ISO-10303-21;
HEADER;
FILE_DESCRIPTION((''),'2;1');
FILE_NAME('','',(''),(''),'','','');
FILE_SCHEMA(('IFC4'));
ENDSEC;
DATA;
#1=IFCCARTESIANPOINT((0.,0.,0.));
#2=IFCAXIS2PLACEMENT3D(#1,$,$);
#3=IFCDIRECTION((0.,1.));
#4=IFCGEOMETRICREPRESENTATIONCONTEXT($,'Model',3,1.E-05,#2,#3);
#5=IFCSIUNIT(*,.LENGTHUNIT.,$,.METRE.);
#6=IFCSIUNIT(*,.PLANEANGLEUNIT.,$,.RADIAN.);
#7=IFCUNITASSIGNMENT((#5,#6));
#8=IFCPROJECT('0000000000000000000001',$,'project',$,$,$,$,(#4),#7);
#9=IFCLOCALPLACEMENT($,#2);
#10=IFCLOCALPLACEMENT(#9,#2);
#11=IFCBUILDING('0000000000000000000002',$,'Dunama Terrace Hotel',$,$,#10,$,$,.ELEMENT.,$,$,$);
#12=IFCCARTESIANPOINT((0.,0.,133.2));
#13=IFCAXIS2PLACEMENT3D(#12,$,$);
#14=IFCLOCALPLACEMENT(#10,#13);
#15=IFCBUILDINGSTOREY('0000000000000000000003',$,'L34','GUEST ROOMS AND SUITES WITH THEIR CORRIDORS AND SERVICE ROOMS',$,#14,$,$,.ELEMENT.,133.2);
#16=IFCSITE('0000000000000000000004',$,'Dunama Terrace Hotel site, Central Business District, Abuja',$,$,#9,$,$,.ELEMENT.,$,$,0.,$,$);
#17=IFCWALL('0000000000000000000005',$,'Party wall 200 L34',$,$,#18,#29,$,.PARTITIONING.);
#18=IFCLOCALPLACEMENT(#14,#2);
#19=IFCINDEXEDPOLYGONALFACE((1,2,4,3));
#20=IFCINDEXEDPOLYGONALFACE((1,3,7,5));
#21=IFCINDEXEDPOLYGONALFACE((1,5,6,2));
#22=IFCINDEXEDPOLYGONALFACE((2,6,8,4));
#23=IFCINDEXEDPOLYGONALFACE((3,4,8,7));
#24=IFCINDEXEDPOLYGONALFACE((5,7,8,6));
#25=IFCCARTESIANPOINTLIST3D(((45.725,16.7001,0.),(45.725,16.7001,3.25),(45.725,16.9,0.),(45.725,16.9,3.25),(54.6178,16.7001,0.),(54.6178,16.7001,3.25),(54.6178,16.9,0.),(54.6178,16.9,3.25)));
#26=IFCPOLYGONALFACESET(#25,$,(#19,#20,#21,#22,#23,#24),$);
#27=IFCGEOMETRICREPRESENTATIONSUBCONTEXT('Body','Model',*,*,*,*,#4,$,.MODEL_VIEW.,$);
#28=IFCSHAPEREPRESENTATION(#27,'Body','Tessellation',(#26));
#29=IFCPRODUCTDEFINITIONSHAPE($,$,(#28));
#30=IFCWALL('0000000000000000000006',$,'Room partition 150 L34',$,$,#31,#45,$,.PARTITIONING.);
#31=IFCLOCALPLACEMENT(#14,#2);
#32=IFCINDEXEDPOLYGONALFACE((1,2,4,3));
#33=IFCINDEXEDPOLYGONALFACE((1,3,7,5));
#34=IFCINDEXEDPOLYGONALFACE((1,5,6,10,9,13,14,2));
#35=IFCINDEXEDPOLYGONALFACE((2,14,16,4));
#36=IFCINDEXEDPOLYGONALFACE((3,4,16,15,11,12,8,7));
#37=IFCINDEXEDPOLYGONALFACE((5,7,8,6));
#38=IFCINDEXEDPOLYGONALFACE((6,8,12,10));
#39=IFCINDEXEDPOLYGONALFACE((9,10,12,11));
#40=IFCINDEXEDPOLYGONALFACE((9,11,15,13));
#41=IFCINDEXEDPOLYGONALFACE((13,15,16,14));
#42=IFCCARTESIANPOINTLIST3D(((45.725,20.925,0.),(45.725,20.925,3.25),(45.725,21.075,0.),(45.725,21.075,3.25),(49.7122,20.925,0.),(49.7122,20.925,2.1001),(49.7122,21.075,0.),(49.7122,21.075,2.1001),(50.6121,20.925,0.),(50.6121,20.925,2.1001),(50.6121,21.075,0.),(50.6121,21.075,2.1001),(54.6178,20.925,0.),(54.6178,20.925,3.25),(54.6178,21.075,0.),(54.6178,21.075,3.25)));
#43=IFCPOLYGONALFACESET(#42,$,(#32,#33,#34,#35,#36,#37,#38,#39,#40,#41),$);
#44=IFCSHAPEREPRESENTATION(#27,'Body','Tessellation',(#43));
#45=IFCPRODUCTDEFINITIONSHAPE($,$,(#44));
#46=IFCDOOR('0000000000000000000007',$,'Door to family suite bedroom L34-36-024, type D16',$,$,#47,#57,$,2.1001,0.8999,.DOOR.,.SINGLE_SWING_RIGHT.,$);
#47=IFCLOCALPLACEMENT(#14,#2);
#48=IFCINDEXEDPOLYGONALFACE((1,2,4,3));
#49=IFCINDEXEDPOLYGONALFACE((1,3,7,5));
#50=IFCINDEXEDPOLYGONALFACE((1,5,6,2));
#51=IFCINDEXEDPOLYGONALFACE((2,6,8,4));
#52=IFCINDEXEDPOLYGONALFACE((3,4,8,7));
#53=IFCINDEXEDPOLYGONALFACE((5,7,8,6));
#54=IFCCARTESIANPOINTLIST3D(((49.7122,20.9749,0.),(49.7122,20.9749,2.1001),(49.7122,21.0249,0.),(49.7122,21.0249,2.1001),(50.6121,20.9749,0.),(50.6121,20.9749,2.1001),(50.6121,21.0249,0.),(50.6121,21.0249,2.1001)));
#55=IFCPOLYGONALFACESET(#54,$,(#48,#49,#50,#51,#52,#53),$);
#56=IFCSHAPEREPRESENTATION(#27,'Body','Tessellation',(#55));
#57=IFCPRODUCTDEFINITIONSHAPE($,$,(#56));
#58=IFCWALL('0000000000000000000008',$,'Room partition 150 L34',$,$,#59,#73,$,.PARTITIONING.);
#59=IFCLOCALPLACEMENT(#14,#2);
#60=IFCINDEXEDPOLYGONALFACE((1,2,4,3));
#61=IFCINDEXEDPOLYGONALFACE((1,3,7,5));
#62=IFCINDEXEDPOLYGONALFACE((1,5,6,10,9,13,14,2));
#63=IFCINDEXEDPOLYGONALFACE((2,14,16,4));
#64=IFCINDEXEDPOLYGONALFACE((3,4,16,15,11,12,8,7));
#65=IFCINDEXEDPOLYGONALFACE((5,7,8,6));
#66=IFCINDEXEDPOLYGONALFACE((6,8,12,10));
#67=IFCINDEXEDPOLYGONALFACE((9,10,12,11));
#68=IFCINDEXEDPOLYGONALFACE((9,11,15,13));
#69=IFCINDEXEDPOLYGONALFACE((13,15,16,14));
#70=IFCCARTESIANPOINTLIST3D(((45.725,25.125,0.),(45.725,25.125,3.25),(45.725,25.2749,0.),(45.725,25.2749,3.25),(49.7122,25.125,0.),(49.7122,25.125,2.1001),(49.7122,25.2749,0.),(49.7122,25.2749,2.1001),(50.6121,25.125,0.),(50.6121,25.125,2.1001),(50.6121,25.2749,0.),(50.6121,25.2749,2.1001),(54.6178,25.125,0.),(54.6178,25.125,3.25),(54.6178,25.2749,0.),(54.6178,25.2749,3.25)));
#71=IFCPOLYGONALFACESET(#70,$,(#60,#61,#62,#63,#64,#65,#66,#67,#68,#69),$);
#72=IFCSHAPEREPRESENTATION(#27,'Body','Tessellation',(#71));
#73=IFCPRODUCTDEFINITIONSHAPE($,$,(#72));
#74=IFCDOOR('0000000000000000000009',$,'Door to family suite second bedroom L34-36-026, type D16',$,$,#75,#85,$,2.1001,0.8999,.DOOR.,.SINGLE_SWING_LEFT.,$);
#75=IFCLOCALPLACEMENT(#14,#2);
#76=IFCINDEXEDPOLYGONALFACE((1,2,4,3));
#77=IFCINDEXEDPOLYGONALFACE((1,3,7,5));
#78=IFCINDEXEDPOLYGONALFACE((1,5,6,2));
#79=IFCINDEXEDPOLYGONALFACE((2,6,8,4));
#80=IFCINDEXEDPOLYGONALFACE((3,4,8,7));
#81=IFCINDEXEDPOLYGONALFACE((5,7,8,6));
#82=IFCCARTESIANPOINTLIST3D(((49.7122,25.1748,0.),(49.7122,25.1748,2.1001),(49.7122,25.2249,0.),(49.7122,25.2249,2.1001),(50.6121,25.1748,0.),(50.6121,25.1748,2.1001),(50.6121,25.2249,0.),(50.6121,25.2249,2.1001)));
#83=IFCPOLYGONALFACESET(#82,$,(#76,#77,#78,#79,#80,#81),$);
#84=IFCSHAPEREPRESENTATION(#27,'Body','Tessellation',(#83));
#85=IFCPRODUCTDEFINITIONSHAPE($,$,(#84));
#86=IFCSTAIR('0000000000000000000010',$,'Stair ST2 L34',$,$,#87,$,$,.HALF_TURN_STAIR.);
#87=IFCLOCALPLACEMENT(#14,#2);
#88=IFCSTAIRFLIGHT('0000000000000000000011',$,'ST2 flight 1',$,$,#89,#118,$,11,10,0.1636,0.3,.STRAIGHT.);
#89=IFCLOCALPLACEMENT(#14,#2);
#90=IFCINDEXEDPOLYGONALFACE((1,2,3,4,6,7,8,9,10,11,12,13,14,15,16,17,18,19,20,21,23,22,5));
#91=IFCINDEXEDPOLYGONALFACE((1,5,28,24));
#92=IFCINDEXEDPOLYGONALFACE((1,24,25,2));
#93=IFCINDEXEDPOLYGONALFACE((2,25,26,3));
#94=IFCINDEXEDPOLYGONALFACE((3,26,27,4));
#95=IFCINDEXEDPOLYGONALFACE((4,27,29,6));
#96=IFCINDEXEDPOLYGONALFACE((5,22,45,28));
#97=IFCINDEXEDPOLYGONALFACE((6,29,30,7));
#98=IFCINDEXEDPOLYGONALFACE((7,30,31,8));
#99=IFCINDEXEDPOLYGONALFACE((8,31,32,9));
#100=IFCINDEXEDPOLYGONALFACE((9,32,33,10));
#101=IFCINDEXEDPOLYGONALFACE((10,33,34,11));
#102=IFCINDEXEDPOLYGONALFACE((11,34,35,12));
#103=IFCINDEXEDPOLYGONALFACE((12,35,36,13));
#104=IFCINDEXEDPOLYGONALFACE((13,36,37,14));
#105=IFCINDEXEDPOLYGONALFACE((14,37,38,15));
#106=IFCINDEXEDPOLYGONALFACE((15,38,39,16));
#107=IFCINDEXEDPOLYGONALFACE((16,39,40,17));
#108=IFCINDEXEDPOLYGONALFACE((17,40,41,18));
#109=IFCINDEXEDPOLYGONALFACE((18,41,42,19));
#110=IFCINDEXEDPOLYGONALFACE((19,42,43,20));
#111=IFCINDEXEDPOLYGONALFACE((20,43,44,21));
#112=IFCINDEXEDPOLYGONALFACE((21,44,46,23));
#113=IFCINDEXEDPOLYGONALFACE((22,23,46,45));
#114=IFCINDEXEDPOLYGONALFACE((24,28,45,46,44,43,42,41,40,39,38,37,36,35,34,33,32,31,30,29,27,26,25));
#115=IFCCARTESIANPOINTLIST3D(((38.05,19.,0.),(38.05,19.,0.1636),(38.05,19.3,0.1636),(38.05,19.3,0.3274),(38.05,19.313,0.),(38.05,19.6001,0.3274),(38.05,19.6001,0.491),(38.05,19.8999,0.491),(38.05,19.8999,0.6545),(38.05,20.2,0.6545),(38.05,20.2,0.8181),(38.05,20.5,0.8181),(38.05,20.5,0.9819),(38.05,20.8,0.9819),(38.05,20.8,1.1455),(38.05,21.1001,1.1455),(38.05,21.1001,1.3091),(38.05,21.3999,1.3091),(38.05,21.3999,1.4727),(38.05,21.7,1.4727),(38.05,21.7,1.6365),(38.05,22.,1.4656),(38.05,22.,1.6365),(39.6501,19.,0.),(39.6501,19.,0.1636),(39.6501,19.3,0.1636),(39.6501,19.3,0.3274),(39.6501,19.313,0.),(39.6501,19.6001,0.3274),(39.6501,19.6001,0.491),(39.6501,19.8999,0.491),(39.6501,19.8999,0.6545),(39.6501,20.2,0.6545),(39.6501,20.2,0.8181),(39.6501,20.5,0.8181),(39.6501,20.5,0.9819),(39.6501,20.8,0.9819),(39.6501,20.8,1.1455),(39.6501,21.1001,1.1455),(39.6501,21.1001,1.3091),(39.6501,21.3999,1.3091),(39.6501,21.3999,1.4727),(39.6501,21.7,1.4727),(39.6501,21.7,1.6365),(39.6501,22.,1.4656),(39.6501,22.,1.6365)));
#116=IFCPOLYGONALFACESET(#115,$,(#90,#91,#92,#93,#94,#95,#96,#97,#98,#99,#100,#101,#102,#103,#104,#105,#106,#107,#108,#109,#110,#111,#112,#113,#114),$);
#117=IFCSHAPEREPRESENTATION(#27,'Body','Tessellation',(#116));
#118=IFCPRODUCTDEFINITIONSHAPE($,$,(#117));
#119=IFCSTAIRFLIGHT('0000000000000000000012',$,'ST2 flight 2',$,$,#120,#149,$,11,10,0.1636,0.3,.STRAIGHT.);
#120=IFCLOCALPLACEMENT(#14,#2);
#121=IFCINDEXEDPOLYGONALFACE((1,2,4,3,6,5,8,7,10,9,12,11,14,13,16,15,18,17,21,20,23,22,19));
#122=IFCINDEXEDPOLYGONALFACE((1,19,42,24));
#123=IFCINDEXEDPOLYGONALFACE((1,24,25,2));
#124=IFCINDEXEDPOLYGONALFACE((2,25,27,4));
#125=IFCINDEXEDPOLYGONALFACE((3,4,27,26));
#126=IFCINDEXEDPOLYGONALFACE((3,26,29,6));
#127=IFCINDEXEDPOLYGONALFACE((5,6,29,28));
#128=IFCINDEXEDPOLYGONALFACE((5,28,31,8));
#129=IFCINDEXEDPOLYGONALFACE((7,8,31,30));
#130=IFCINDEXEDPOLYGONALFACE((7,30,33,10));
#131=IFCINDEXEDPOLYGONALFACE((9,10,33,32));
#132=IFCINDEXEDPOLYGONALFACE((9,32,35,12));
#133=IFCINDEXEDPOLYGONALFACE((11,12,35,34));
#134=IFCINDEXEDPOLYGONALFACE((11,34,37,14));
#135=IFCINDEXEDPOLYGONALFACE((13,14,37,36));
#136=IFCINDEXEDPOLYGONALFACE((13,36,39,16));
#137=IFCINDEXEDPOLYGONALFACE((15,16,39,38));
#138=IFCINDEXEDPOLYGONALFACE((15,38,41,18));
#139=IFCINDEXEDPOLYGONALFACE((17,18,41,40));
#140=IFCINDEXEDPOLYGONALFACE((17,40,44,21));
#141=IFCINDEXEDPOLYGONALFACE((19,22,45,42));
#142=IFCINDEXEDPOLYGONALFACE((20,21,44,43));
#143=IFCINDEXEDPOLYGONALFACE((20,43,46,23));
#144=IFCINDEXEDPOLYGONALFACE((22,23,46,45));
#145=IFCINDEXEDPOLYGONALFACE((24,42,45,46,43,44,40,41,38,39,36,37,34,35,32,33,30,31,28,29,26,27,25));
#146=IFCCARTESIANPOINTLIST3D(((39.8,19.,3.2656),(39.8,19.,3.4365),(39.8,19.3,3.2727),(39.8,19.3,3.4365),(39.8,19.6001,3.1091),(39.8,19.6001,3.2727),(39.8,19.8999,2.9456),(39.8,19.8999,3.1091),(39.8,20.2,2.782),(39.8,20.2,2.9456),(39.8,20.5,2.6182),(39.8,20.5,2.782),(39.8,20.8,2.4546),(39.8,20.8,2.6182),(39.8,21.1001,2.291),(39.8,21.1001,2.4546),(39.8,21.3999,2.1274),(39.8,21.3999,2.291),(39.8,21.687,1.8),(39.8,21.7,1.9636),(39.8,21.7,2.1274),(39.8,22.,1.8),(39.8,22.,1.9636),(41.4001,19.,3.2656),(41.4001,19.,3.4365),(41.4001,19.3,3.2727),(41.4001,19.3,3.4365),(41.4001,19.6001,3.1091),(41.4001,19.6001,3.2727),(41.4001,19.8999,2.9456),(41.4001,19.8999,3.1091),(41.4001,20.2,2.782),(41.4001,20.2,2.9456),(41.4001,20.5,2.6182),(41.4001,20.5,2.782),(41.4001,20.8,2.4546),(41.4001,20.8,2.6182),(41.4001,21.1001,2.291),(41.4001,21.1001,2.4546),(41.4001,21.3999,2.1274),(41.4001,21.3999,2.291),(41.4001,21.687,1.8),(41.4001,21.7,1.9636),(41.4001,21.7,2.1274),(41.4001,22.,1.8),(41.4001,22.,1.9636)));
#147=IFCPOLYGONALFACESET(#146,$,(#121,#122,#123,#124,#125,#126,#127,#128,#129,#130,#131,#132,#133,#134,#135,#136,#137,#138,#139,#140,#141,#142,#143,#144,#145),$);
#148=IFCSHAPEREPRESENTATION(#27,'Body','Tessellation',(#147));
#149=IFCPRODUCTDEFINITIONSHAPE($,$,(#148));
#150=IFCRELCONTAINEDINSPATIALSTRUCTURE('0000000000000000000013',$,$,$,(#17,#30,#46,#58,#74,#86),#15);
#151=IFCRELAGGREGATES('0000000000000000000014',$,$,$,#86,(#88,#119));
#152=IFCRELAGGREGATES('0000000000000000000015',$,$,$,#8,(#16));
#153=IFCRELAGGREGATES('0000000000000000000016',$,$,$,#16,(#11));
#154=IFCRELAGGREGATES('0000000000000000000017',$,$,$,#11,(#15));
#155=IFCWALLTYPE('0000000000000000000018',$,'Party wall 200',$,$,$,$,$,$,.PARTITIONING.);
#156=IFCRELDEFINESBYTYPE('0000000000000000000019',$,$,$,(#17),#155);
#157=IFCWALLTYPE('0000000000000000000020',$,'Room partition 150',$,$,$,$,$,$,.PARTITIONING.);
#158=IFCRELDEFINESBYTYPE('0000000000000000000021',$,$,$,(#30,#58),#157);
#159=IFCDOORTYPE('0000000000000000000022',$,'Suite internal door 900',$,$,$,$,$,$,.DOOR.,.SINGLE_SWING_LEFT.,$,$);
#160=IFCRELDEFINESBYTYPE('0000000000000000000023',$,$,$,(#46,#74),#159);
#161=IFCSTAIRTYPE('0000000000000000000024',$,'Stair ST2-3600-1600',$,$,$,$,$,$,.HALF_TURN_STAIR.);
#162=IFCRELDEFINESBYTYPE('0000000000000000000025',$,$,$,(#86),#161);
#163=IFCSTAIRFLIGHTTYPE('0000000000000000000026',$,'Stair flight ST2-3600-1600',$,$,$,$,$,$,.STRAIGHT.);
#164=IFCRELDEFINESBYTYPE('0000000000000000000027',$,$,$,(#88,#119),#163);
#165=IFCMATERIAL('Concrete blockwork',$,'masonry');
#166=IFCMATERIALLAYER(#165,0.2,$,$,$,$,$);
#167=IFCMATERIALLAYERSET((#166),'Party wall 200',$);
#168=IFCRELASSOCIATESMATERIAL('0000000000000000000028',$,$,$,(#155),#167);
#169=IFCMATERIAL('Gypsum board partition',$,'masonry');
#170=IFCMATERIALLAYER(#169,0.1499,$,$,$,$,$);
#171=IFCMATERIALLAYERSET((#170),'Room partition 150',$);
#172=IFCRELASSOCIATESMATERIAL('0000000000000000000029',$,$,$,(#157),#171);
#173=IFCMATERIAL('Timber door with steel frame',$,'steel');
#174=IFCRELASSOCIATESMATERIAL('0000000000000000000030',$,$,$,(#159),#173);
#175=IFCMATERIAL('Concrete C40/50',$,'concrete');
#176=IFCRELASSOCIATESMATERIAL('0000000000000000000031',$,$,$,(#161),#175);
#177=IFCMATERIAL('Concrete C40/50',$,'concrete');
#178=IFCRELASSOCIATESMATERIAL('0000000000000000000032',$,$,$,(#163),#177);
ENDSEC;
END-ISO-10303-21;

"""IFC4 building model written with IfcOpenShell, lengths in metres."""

from ifc_helpers import new_model, si_unit, direction, frame, frame_2d, origin, place, context, subcontext, project, spatial, polyline, rectangle, outline, extrude, material, layer, layer_set, type_object, element, fill, aggregate, save


model = new_model("IFC4")

# Units and contexts
model_context = context("Model", 3, precision=1e-05, world=origin(), true_north=direction((0.0, 1.0)))
body_context = subcontext(model_context, "Body", "Model", "MODEL_VIEW")
ifc_project = project(units=[si_unit("LENGTHUNIT", "METRE"), si_unit("PLANEANGLEUNIT", "RADIAN")], contexts=[model_context])

# Site, building, storey
site_placement = place(None, origin())
site = spatial("IfcSite", under=ifc_project, at=site_placement, Name="Dunama Terrace Hotel site, Central Business District, Abuja", CompositionType="ELEMENT", RefElevation=0.0)
building_placement = place(site_placement, origin())
building = spatial("IfcBuilding", under=site, at=building_placement, Name="Dunama Terrace Hotel", CompositionType="ELEMENT")
storey_placement = place(building_placement, frame((0.0, 0.0, 133.2)))
storey = spatial("IfcBuildingStorey", under=building, at=storey_placement, Name="L34", Description="GUEST ROOMS AND SUITES WITH THEIR CORRIDORS AND SERVICE ROOMS", CompositionType="ELEMENT", Elevation=133.2)

# Wall
ifc_material_1 = material(Name="Concrete blockwork", Category="masonry")
ifc_layer_1 = layer(ifc_material_1, 0.2)
ifc_layer_set_1 = layer_set([ifc_layer_1], Name="Party wall 200")
wall_type_1 = type_object("IfcWallType", Name="Party wall 200", PredefinedType="PARTITIONING", material=ifc_layer_set_1)
wall_1_placement = place(storey_placement, frame((45.7251, 16.8, 0.0), z_axis=(0.0, 0.0, 1.0), x_axis=(1.0, 0.0, 0.0)))
element("IfcWall", 1, at=wall_1_placement, inside=storey, type_object=wall_type_1, Name="Party wall 200 L34", PredefinedType="PARTITIONING", context=body_context, shape_type="SweptSolid", body=[
    extrude(rectangle(XDim=8.8928, YDim=0.2, at=frame_2d((4.4463, 0.0))), origin(), (0.0, 0.0, 1.0), 3.25),
])

# Walls, openings, doors
ifc_material_2 = material(Name="Gypsum board partition", Category="masonry")
ifc_layer_2 = layer(ifc_material_2, 0.1499)
ifc_layer_set_2 = layer_set([ifc_layer_2], Name="Room partition 150")
wall_type_2 = type_object("IfcWallType", Name="Room partition 150", PredefinedType="PARTITIONING", material=ifc_layer_set_2)
wall_2_placement = place(storey_placement, frame((45.7251, 21.0, 0.0), z_axis=(0.0, 0.0, 1.0), x_axis=(1.0, 0.0, 0.0)))
wall_2 = element("IfcWall", 2, at=wall_2_placement, inside=storey, type_object=wall_type_2, Name="Room partition 150 L34", PredefinedType="PARTITIONING", context=body_context, shape_type="SweptSolid", body=[
    extrude(rectangle(XDim=8.8928, YDim=0.1499, at=frame_2d((4.4463, 0.0))), origin(), (0.0, 0.0, 1.0), 3.25),
])
opening_1_placement = place(wall_2_placement, frame((3.9871, 0.0, 0.0)))
opening_1 = element("IfcOpeningElement", 3, at=opening_1_placement, cuts=wall_2, PredefinedType="OPENING", context=body_context, shape_type="SweptSolid", body=[
    extrude(rectangle(XDim=0.8999, YDim=2.1001, at=frame_2d((0.45, 1.05))), frame((0.0, 0.085, 0.0), z_axis=(0.0, -1.0, 0.0), x_axis=(1.0, 0.0, 0.0)), (0.0, 0.0, 1.0), 0.1699),
])
ifc_material_3 = material(Name="Timber door with steel frame", Category="steel")
door_type_1 = type_object("IfcDoorType", Name="Suite internal door 900", OperationType="SINGLE_SWING_LEFT", PredefinedType="DOOR", material=ifc_material_3)
door_1_placement = place(opening_1_placement, frame((0.8999, 0.0, 0.0), z_axis=(0.0, 0.0, 1.0), x_axis=(-1.0, 0.0, 0.0)))
door_1 = element("IfcDoor", 4, at=door_1_placement, inside=storey, type_object=door_type_1, Name="Door to family suite bedroom L34-36-024, type D16", OperationType="SINGLE_SWING_RIGHT", OverallHeight=2.1001, OverallWidth=0.8999, PredefinedType="DOOR", context=body_context, shape_type="SweptSolid", body=[
    extrude(rectangle(XDim=0.8999, YDim=2.1001, at=frame_2d((0.45, 1.05))), frame((0.0, 0.0251, 0.0), z_axis=(0.0, -1.0, 0.0), x_axis=(1.0, 0.0, 0.0)), (0.0, 0.0, 1.0), 0.05),
])
fill(opening_1, door_1)
wall_3_placement = place(storey_placement, frame((45.7251, 25.2, 0.0), z_axis=(0.0, 0.0, 1.0), x_axis=(1.0, 0.0, 0.0)))
wall_3 = element("IfcWall", 5, at=wall_3_placement, inside=storey, type_object=wall_type_2, Name="Room partition 150 L34", PredefinedType="PARTITIONING", context=body_context, shape_type="SweptSolid", body=[
    extrude(rectangle(XDim=8.8928, YDim=0.1499, at=frame_2d((4.4463, 0.0))), origin(), (0.0, 0.0, 1.0), 3.25),
])
opening_2_placement = place(wall_3_placement, frame((3.9871, 0.0, 0.0)))
opening_2 = element("IfcOpeningElement", 6, at=opening_2_placement, cuts=wall_3, PredefinedType="OPENING", context=body_context, shape_type="SweptSolid", body=[
    extrude(rectangle(XDim=0.8999, YDim=2.1001, at=frame_2d((0.45, 1.05))), frame((0.0, 0.085, 0.0), z_axis=(0.0, -1.0, 0.0), x_axis=(1.0, 0.0, 0.0)), (0.0, 0.0, 1.0), 0.1699),
])
door_2_placement = place(opening_2_placement, origin())
door_2 = element("IfcDoor", 7, at=door_2_placement, inside=storey, type_object=door_type_1, Name="Door to family suite second bedroom L34-36-026, type D16", OperationType="SINGLE_SWING_LEFT", OverallHeight=2.1001, OverallWidth=0.8999, PredefinedType="DOOR", context=body_context, shape_type="SweptSolid", body=[
    extrude(rectangle(XDim=0.8999, YDim=2.1001, at=frame_2d((0.45, 1.05))), frame((0.0, 0.0249, 0.0), z_axis=(0.0, -1.0, 0.0), x_axis=(1.0, 0.0, 0.0)), (0.0, 0.0, 1.0), 0.05),
])
fill(opening_2, door_2)

# Stair, stair flights
ifc_material_4 = material(Name="Concrete C40/50", Category="concrete")
stair_type = type_object("IfcStairType", Name="Stair ST2-3600-1600", PredefinedType="HALF_TURN_STAIR", material=ifc_material_4)
stair_placement = place(storey_placement, origin())
stair = element("IfcStair", 8, at=stair_placement, inside=storey, type_object=stair_type, Name="Stair ST2 L34", PredefinedType="HALF_TURN_STAIR")
ifc_material_5 = material(Name="Concrete C40/50", Category="concrete")
stair_flight_type = type_object("IfcStairFlightType", Name="Stair flight ST2-3600-1600", PredefinedType="STRAIGHT", material=ifc_material_5)
stair_flight_1_placement = place(storey_placement, frame((38.8501, 19.0, 0.0), z_axis=(0.0, 0.0, 1.0), x_axis=(0.0, 1.0, 0.0)))
stair_flight_1 = element("IfcStairFlight", 9, at=stair_flight_1_placement, type_object=stair_flight_type, Name="ST2 flight 1", NumberOfRisers=11, NumberOfTreads=10, PredefinedType="STRAIGHT", RiserHeight=0.1636, TreadLength=0.3, context=body_context, shape_type="SweptSolid", body=[
    extrude(outline(polyline([(0.0, 0.0), (0.0, 0.1636), (0.3, 0.1636), (0.3, 0.3274), (0.6001, 0.3274), (0.6001, 0.491), (0.8999, 0.491), (0.8999, 0.6545), (1.2, 0.6545), (1.2, 0.8181), (1.5, 0.8181), (1.5, 0.9819), (1.8, 0.9819), (1.8, 1.1455), (2.1001, 1.1455), (2.1001, 1.3091), (2.3999, 1.3091), (2.3999, 1.4727), (2.7, 1.4727), (2.7, 1.6365), (3.0, 1.6365), (3.0, 1.8), (3.0, 1.4656), (0.313, 0.0), (0.0, 0.0)])), frame((0.0, 0.8, 0.0), z_axis=(0.0, -1.0, 0.0), x_axis=(1.0, 0.0, 0.0)), (0.0, 0.0, 1.0), 1.6001),
])
stair_flight_2_placement = place(storey_placement, frame((40.6001, 22.0, 1.8), z_axis=(0.0, 0.0, 1.0), x_axis=(0.0, -1.0, 0.0)))
stair_flight_2 = element("IfcStairFlight", 10, at=stair_flight_2_placement, type_object=stair_flight_type, Name="ST2 flight 2", NumberOfRisers=11, NumberOfTreads=10, PredefinedType="STRAIGHT", RiserHeight=0.1636, TreadLength=0.3, context=body_context, shape_type="SweptSolid", body=[
    extrude(outline(polyline([(0.0, 0.0), (0.0, 0.1636), (0.3, 0.1636), (0.3, 0.3274), (0.6001, 0.3274), (0.6001, 0.491), (0.8999, 0.491), (0.8999, 0.6545), (1.2, 0.6545), (1.2, 0.8181), (1.5, 0.8181), (1.5, 0.9819), (1.8, 0.9819), (1.8, 1.1455), (2.1001, 1.1455), (2.1001, 1.3091), (2.3999, 1.3091), (2.3999, 1.4727), (2.7, 1.4727), (2.7, 1.6365), (3.0, 1.6365), (3.0, 1.8), (3.0, 1.4656), (0.313, 0.0), (0.0, 0.0)])), frame((0.0, 0.8, 0.0), z_axis=(0.0, -1.0, 0.0), x_axis=(1.0, 0.0, 0.0)), (0.0, 0.0, 1.0), 1.6001),
])
aggregate(stair, [stair_flight_1, stair_flight_2])

save(model, "model.ifc")
